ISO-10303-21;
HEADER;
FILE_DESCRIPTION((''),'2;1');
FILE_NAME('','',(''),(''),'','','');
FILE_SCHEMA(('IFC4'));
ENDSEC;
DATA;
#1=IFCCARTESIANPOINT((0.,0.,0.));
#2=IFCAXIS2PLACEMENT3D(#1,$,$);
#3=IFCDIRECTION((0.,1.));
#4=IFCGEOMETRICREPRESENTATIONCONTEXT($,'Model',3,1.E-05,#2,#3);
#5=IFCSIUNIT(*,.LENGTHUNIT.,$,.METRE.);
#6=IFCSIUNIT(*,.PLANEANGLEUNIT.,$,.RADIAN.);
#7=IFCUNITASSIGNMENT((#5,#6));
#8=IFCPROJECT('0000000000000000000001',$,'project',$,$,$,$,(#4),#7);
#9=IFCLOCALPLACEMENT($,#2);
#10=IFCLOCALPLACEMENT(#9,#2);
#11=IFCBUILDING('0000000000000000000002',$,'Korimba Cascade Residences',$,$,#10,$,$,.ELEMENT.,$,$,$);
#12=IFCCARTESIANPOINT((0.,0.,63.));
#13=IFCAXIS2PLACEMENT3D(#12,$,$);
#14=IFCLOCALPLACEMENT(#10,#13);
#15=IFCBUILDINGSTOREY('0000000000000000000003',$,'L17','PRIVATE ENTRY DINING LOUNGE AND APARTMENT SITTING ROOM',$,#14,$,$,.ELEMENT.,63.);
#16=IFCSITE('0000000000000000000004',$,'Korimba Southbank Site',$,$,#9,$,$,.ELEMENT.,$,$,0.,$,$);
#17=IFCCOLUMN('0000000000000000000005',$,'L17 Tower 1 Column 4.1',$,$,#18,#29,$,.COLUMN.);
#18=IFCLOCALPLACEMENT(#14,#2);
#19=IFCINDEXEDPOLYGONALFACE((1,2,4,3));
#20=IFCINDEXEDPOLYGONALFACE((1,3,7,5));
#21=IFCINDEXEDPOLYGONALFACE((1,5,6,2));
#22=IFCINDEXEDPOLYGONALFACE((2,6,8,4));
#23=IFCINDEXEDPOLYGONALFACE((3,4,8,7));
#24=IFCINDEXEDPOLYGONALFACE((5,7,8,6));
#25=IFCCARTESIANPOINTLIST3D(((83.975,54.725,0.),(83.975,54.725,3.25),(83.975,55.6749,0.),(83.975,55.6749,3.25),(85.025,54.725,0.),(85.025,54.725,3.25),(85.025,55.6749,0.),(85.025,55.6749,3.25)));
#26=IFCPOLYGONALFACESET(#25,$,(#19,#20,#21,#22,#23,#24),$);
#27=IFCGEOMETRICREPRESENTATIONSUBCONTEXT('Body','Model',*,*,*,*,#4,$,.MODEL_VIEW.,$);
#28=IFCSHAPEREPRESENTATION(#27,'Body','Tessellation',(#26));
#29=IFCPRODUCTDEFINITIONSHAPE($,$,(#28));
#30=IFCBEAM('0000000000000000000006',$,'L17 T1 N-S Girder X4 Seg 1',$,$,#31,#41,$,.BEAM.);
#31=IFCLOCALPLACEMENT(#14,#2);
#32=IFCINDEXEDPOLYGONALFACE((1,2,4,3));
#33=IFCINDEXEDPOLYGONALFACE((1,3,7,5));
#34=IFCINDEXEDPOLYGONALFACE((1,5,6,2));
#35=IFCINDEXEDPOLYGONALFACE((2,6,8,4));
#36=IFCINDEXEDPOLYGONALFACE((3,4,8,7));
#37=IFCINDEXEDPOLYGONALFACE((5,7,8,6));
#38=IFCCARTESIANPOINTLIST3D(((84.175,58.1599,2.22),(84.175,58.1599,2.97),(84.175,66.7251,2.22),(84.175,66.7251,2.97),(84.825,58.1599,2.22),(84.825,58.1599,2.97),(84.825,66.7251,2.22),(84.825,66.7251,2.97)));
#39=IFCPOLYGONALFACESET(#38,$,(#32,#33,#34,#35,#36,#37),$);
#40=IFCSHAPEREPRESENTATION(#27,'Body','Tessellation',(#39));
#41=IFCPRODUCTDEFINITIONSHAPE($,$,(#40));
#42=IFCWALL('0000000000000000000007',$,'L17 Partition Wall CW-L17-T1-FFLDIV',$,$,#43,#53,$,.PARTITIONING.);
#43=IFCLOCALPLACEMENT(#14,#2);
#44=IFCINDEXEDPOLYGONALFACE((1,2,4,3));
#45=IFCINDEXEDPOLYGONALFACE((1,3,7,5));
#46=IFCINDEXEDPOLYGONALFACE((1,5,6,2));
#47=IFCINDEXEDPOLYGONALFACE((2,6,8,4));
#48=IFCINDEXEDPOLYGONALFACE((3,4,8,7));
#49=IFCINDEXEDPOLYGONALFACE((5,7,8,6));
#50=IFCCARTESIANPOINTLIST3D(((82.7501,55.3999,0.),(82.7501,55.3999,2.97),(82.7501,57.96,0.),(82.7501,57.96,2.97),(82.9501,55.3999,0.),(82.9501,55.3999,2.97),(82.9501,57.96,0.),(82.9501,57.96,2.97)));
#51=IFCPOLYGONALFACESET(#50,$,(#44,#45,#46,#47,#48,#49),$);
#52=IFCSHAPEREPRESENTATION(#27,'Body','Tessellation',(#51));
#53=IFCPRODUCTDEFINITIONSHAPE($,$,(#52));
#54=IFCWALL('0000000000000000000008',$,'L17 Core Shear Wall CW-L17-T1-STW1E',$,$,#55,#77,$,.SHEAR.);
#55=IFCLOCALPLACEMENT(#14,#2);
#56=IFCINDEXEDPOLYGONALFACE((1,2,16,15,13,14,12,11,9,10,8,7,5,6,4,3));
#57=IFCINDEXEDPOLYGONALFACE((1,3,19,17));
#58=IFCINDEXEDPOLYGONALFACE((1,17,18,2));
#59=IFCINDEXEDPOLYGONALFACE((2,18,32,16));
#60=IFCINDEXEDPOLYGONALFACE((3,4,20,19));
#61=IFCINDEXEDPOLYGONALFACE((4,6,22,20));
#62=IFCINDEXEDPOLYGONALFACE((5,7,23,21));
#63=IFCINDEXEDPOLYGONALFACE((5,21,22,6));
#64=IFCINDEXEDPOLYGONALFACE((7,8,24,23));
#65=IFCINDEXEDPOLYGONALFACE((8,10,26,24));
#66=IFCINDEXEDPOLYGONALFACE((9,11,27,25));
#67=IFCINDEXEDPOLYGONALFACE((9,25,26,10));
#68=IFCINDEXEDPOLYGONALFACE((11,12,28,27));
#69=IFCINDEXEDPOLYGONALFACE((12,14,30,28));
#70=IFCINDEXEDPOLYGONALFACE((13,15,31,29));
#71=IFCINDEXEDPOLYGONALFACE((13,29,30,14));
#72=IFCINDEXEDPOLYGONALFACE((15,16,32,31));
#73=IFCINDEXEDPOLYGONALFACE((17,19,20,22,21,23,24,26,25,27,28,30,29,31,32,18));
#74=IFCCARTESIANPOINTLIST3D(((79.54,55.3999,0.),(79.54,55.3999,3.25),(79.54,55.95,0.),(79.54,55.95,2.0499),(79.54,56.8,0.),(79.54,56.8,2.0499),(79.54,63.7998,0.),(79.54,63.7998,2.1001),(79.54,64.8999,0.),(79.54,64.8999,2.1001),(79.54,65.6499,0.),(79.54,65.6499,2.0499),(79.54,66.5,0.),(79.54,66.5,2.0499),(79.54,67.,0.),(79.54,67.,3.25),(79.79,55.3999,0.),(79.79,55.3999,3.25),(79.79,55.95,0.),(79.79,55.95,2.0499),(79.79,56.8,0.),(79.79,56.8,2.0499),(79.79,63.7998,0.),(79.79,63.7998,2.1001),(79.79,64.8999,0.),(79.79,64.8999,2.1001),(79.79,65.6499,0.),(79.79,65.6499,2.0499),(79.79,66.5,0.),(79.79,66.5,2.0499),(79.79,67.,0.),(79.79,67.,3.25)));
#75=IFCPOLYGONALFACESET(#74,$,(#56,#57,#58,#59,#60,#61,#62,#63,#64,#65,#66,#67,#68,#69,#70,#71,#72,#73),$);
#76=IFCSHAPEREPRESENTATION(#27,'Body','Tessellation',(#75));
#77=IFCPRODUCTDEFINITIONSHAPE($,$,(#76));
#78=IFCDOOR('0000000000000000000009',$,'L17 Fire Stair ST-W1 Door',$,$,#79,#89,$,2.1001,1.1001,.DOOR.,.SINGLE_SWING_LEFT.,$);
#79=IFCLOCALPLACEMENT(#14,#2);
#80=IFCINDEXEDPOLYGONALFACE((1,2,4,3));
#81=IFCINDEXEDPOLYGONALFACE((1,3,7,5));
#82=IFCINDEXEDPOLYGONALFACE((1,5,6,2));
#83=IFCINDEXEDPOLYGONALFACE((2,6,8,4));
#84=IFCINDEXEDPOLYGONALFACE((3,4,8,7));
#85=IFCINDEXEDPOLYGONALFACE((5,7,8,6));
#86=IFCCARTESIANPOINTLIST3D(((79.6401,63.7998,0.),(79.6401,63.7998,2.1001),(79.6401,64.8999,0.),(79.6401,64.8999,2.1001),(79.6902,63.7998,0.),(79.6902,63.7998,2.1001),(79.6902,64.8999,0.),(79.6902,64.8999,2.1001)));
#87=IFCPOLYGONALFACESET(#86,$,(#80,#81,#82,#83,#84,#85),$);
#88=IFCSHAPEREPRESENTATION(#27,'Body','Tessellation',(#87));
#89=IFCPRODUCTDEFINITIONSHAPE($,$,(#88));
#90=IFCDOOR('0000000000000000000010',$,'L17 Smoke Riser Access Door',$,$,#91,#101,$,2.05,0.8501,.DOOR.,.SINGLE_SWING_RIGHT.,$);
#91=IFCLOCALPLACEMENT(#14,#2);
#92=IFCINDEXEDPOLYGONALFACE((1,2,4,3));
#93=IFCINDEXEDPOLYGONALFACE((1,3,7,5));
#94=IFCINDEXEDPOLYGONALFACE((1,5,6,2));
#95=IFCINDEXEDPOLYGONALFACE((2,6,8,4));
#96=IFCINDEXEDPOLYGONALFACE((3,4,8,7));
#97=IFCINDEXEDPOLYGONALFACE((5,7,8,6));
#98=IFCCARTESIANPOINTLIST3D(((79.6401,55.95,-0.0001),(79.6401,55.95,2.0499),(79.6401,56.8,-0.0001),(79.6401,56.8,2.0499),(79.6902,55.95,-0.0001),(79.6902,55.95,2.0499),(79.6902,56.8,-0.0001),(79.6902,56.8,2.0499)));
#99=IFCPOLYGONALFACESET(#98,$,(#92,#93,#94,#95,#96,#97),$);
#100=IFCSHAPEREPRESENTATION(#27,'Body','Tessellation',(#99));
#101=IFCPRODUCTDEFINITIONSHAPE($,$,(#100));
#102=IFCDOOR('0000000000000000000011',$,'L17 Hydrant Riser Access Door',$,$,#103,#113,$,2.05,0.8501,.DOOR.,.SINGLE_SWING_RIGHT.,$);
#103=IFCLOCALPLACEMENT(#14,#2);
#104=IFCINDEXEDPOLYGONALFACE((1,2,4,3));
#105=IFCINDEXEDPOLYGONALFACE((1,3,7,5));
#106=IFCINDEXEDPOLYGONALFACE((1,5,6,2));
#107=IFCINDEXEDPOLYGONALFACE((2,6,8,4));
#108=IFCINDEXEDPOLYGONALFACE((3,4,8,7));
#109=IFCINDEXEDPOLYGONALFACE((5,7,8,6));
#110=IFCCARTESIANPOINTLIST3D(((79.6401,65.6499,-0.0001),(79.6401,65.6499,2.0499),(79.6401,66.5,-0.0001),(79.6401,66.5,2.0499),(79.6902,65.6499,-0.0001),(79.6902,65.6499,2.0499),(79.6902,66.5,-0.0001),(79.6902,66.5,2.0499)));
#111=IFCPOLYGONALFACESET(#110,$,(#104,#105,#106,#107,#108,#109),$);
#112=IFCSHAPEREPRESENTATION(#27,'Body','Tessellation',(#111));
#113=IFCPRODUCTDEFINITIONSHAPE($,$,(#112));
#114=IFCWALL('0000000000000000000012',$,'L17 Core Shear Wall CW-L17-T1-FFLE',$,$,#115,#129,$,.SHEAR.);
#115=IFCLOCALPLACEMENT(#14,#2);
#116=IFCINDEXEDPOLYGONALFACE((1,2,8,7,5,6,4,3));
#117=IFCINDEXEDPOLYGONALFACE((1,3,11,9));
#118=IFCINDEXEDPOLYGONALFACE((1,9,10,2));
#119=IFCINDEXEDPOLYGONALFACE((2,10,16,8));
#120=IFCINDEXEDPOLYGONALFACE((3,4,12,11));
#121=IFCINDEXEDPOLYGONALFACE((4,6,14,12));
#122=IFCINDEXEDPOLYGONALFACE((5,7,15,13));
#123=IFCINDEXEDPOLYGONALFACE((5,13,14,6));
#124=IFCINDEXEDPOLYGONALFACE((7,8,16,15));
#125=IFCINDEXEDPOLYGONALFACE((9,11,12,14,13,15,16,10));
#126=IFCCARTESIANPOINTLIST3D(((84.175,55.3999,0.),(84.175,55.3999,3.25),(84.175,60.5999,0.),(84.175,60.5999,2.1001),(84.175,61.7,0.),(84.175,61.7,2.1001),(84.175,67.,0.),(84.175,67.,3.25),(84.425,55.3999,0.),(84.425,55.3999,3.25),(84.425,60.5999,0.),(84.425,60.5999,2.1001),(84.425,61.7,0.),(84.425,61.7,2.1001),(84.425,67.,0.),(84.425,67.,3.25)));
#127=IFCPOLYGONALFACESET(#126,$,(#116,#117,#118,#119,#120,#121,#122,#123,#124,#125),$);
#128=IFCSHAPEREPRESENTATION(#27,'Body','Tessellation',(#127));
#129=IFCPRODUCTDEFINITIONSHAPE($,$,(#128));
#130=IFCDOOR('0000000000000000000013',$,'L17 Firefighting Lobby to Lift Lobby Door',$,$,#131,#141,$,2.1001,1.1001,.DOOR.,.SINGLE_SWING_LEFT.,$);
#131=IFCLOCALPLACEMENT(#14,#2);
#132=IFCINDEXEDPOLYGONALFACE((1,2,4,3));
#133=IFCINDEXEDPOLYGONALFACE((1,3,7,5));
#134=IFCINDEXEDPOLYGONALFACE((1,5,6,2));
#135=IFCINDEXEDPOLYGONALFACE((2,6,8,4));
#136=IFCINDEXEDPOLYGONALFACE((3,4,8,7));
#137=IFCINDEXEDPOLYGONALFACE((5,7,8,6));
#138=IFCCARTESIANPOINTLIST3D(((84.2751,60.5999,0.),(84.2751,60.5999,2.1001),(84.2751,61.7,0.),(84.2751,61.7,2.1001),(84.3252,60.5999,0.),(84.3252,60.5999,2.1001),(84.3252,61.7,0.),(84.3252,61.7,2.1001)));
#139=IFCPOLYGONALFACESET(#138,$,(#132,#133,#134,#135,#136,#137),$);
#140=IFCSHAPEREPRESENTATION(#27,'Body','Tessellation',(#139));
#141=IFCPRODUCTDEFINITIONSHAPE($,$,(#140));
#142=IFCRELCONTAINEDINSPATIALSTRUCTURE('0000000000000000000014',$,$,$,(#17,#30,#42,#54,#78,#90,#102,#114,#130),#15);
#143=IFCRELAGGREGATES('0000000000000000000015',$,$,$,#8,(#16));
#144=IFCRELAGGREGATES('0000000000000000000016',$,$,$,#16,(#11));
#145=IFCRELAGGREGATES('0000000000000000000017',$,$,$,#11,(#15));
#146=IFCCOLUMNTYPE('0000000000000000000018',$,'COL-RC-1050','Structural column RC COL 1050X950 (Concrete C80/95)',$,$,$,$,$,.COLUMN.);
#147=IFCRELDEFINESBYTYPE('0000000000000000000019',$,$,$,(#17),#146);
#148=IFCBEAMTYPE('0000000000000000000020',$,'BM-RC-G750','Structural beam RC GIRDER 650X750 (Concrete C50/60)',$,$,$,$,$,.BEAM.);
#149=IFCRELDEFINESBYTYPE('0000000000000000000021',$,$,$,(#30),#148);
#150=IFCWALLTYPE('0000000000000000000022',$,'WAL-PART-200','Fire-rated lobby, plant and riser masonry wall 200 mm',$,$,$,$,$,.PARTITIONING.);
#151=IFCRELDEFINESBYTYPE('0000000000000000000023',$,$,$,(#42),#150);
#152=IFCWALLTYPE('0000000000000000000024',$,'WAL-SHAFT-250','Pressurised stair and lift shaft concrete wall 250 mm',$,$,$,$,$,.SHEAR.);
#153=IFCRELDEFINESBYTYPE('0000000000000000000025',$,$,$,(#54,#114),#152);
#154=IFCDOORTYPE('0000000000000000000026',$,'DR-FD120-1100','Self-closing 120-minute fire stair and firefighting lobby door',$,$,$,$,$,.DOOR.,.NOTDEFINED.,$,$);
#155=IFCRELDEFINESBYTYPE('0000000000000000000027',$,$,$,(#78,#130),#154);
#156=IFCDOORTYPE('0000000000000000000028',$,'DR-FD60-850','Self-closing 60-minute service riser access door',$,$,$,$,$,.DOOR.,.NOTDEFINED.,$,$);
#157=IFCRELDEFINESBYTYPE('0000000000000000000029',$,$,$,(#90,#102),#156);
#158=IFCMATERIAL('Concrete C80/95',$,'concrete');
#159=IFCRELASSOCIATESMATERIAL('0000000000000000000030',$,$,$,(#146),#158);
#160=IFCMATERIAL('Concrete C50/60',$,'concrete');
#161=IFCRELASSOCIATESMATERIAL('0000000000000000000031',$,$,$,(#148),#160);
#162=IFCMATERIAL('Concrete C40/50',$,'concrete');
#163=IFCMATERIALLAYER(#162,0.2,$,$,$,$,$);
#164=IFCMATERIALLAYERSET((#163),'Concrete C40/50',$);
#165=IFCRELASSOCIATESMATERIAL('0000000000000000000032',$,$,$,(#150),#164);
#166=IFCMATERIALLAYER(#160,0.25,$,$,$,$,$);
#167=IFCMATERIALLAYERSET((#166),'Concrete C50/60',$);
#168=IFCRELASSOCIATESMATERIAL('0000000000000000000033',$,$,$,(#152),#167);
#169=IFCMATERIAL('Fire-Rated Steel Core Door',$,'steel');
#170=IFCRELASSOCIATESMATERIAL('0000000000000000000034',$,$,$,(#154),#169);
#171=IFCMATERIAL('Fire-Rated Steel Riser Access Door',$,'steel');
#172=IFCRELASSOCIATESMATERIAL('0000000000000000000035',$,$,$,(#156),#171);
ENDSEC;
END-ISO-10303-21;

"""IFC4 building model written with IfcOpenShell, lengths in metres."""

from ifc_helpers import new_model, si_unit, direction, frame, frame_2d, origin, origin_2d, place, context, subcontext, project, spatial, rectangle, extrude, material, layer, layer_set, material_profile, profile_set, type_object, element, fill, save


model = new_model("IFC4")

# Units and contexts
model_context = context("Model", 3, precision=1e-05, world=origin(), true_north=direction((0.0, 1.0)))
body_context = subcontext(model_context, "Body", "Model", "MODEL_VIEW")
ifc_project = project(units=[si_unit("LENGTHUNIT", "METRE"), si_unit("PLANEANGLEUNIT", "RADIAN")], contexts=[model_context])

# Site, building, storey
site_placement = place(None, origin())
site = spatial("IfcSite", under=ifc_project, at=site_placement, Name="Korimba Southbank Site", CompositionType="ELEMENT", RefElevation=0.0)
building_placement = place(site_placement, origin())
building = spatial("IfcBuilding", under=site, at=building_placement, Name="Korimba Cascade Residences", CompositionType="ELEMENT")
storey_placement = place(building_placement, frame((0.0, 0.0, 63.0)))
storey = spatial("IfcBuildingStorey", under=building, at=storey_placement, Name="L17", Description="PRIVATE ENTRY DINING LOUNGE AND APARTMENT SITTING ROOM", CompositionType="ELEMENT", Elevation=63.0)

# Column
ifc_material_1 = material(Name="Concrete C80/95", Category="concrete")
ifc_material_profile_1 = material_profile(ifc_material_1, rectangle(XDim=1.05, YDim=0.95, at=origin_2d()), Name="Concrete C80/95")
ifc_profile_set_1 = profile_set([ifc_material_profile_1], Name="Concrete C80/95")
column_type = type_object("IfcColumnType", Name="COL-RC-1050", Description="Structural column RC COL 1050X950 (Concrete C80/95)", PredefinedType="COLUMN", material=ifc_profile_set_1)
column_placement = place(storey_placement, frame((84.5, 55.2, 0.0), z_axis=(0.0, 0.0, 1.0), x_axis=(1.0, 0.0, 0.0)))
element("IfcColumn", 1, at=column_placement, inside=storey, type_object=column_type, Name="L17 Tower 1 Column 4.1", PredefinedType="COLUMN", context=body_context, shape_type="SweptSolid", body=[
    extrude(rectangle(XDim=1.05, YDim=0.95, at=origin_2d()), origin(), (0.0, 0.0, 1.0), 3.25),
])

# Beam
ifc_material_2 = material(Name="Concrete C50/60", Category="concrete")
ifc_material_profile_2 = material_profile(ifc_material_2, rectangle(XDim=0.6499, YDim=0.75, at=origin_2d()), Name="Concrete C50/60")
ifc_profile_set_2 = profile_set([ifc_material_profile_2], Name="Concrete C50/60")
beam_type = type_object("IfcBeamType", Name="BM-RC-G750", Description="Structural beam RC GIRDER 650X750 (Concrete C50/60)", PredefinedType="BEAM", material=ifc_profile_set_2)
beam_placement = place(storey_placement, frame((84.5, 58.1599, 2.595), z_axis=(0.0, 1.0, 0.0), x_axis=(-1.0, 0.0, 0.0)))
element("IfcBeam", 2, at=beam_placement, inside=storey, type_object=beam_type, Name="L17 T1 N-S Girder X4 Seg 1", PredefinedType="BEAM", context=body_context, shape_type="SweptSolid", body=[
    extrude(rectangle(XDim=0.6499, YDim=0.75, at=origin_2d()), origin(), (0.0, 0.0, 1.0), 8.5652),
])

# Wall
ifc_material_3 = material(Name="Concrete C40/50", Category="concrete")
ifc_layer_1 = layer(ifc_material_3, 0.2)
ifc_layer_set_1 = layer_set([ifc_layer_1], Name="Concrete C40/50")
wall_type_1 = type_object("IfcWallType", Name="WAL-PART-200", Description="Fire-rated lobby, plant and riser masonry wall 200 mm", PredefinedType="PARTITIONING", material=ifc_layer_set_1)
wall_1_placement = place(storey_placement, frame((82.8501, 55.3999, 0.0), z_axis=(0.0, 0.0, 1.0), x_axis=(0.0, 1.0, 0.0)))
element("IfcWall", 3, at=wall_1_placement, inside=storey, type_object=wall_type_1, Name="L17 Partition Wall CW-L17-T1-FFLDIV", PredefinedType="PARTITIONING", context=body_context, shape_type="SweptSolid", body=[
    extrude(rectangle(XDim=2.5601, YDim=0.2, at=frame_2d((1.28, 0.0))), origin(), (0.0, 0.0, 1.0), 2.97),
])

# Wall, openings, doors
ifc_layer_2 = layer(ifc_material_2, 0.25)
ifc_layer_set_2 = layer_set([ifc_layer_2], Name="Concrete C50/60")
wall_type_2 = type_object("IfcWallType", Name="WAL-SHAFT-250", Description="Pressurised stair and lift shaft concrete wall 250 mm", PredefinedType="SHEAR", material=ifc_layer_set_2)
wall_2_placement = place(storey_placement, frame((79.665, 55.3999, 0.0), z_axis=(0.0, 0.0, 1.0), x_axis=(0.0, 1.0, 0.0)))
wall_2 = element("IfcWall", 4, at=wall_2_placement, inside=storey, type_object=wall_type_2, Name="L17 Core Shear Wall CW-L17-T1-STW1E", PredefinedType="SHEAR", context=body_context, shape_type="SweptSolid", body=[
    extrude(rectangle(XDim=11.6001, YDim=0.25, at=frame_2d((5.8, 0.0))), origin(), (0.0, 0.0, 1.0), 3.25),
])
opening_1_placement = place(wall_2_placement, frame((0.55, 0.0, 0.0)))
opening_1 = element("IfcOpeningElement", 5, at=opening_1_placement, cuts=wall_2, PredefinedType="OPENING", context=body_context, shape_type="SweptSolid", body=[
    extrude(rectangle(XDim=0.8501, YDim=2.05, at=frame_2d((0.425, 1.0249))), frame((0.0, 0.135, 0.0), z_axis=(0.0, -1.0, 0.0), x_axis=(1.0, 0.0, 0.0)), (0.0, 0.0, 1.0), 0.27),
])
opening_2_placement = place(wall_2_placement, frame((8.3999, 0.0, 0.0)))
opening_2 = element("IfcOpeningElement", 6, at=opening_2_placement, cuts=wall_2, PredefinedType="OPENING", context=body_context, shape_type="SweptSolid", body=[
    extrude(rectangle(XDim=1.1001, YDim=2.1001, at=frame_2d((0.55, 1.05))), frame((0.0, 0.135, 0.0), z_axis=(0.0, -1.0, 0.0), x_axis=(1.0, 0.0, 0.0)), (0.0, 0.0, 1.0), 0.27),
])
opening_3_placement = place(wall_2_placement, frame((10.25, 0.0, 0.0)))
opening_3 = element("IfcOpeningElement", 7, at=opening_3_placement, cuts=wall_2, PredefinedType="OPENING", context=body_context, shape_type="SweptSolid", body=[
    extrude(rectangle(XDim=0.8501, YDim=2.05, at=frame_2d((0.425, 1.0249))), frame((0.0, 0.135, 0.0), z_axis=(0.0, -1.0, 0.0), x_axis=(1.0, 0.0, 0.0)), (0.0, 0.0, 1.0), 0.27),
])
ifc_material_4 = material(Name="Fire-Rated Steel Core Door", Category="steel")
door_type_1 = type_object("IfcDoorType", Name="DR-FD120-1100", Description="Self-closing 120-minute fire stair and firefighting lobby door", OperationType="NOTDEFINED", PredefinedType="DOOR", material=ifc_material_4)
door_1_placement = place(opening_2_placement, origin())
door_1 = element("IfcDoor", 8, at=door_1_placement, inside=storey, type_object=door_type_1, Name="L17 Fire Stair ST-W1 Door", OperationType="SINGLE_SWING_LEFT", OverallHeight=2.1001, OverallWidth=1.1001, PredefinedType="DOOR", context=body_context, shape_type="SweptSolid", body=[
    extrude(rectangle(XDim=1.1001, YDim=2.1001, at=frame_2d((0.55, 1.05))), frame((0.0, 0.0249, 0.0), z_axis=(0.0, -1.0, 0.0), x_axis=(1.0, 0.0, 0.0)), (0.0, 0.0, 1.0), 0.05),
])
fill(opening_2, door_1)
ifc_material_5 = material(Name="Fire-Rated Steel Riser Access Door", Category="steel")
door_type_2 = type_object("IfcDoorType", Name="DR-FD60-850", Description="Self-closing 60-minute service riser access door", OperationType="NOTDEFINED", PredefinedType="DOOR", material=ifc_material_5)
door_2_placement = place(opening_1_placement, origin())
door_2 = element("IfcDoor", 9, at=door_2_placement, inside=storey, type_object=door_type_2, Name="L17 Smoke Riser Access Door", OperationType="SINGLE_SWING_RIGHT", OverallHeight=2.05, OverallWidth=0.8501, PredefinedType="DOOR", context=body_context, shape_type="SweptSolid", body=[
    extrude(rectangle(XDim=0.8501, YDim=2.05, at=frame_2d((0.425, 1.0249))), frame((0.0, 0.0249, 0.0), z_axis=(0.0, -1.0, 0.0), x_axis=(1.0, 0.0, 0.0)), (0.0, 0.0, 1.0), 0.05),
])
fill(opening_1, door_2)
door_3_placement = place(opening_3_placement, origin())
door_3 = element("IfcDoor", 10, at=door_3_placement, inside=storey, type_object=door_type_2, Name="L17 Hydrant Riser Access Door", OperationType="SINGLE_SWING_RIGHT", OverallHeight=2.05, OverallWidth=0.8501, PredefinedType="DOOR", context=body_context, shape_type="SweptSolid", body=[
    extrude(rectangle(XDim=0.8501, YDim=2.05, at=frame_2d((0.425, 1.0249))), frame((0.0, 0.0249, 0.0), z_axis=(0.0, -1.0, 0.0), x_axis=(1.0, 0.0, 0.0)), (0.0, 0.0, 1.0), 0.05),
])
fill(opening_3, door_3)

# Wall, opening, door
wall_3_placement = place(storey_placement, frame((84.3, 55.3999, 0.0), z_axis=(0.0, 0.0, 1.0), x_axis=(0.0, 1.0, 0.0)))
wall_3 = element("IfcWall", 11, at=wall_3_placement, inside=storey, type_object=wall_type_2, Name="L17 Core Shear Wall CW-L17-T1-FFLE", PredefinedType="SHEAR", context=body_context, shape_type="SweptSolid", body=[
    extrude(rectangle(XDim=11.6001, YDim=0.25, at=frame_2d((5.8, 0.0))), origin(), (0.0, 0.0, 1.0), 3.25),
])
opening_4_placement = place(wall_3_placement, frame((5.2, 0.0, 0.0)))
opening_4 = element("IfcOpeningElement", 12, at=opening_4_placement, cuts=wall_3, PredefinedType="OPENING", context=body_context, shape_type="SweptSolid", body=[
    extrude(rectangle(XDim=1.1001, YDim=2.1001, at=frame_2d((0.55, 1.05))), frame((0.0, 0.135, 0.0), z_axis=(0.0, -1.0, 0.0), x_axis=(1.0, 0.0, 0.0)), (0.0, 0.0, 1.0), 0.27),
])
door_4_placement = place(opening_4_placement, origin())
door_4 = element("IfcDoor", 13, at=door_4_placement, inside=storey, type_object=door_type_1, Name="L17 Firefighting Lobby to Lift Lobby Door", OperationType="SINGLE_SWING_LEFT", OverallHeight=2.1001, OverallWidth=1.1001, PredefinedType="DOOR", context=body_context, shape_type="SweptSolid", body=[
    extrude(rectangle(XDim=1.1001, YDim=2.1001, at=frame_2d((0.55, 1.05))), frame((0.0, 0.0249, 0.0), z_axis=(0.0, -1.0, 0.0), x_axis=(1.0, 0.0, 0.0)), (0.0, 0.0, 1.0), 0.05),
])
fill(opening_4, door_4)

save(model, "model.ifc")
